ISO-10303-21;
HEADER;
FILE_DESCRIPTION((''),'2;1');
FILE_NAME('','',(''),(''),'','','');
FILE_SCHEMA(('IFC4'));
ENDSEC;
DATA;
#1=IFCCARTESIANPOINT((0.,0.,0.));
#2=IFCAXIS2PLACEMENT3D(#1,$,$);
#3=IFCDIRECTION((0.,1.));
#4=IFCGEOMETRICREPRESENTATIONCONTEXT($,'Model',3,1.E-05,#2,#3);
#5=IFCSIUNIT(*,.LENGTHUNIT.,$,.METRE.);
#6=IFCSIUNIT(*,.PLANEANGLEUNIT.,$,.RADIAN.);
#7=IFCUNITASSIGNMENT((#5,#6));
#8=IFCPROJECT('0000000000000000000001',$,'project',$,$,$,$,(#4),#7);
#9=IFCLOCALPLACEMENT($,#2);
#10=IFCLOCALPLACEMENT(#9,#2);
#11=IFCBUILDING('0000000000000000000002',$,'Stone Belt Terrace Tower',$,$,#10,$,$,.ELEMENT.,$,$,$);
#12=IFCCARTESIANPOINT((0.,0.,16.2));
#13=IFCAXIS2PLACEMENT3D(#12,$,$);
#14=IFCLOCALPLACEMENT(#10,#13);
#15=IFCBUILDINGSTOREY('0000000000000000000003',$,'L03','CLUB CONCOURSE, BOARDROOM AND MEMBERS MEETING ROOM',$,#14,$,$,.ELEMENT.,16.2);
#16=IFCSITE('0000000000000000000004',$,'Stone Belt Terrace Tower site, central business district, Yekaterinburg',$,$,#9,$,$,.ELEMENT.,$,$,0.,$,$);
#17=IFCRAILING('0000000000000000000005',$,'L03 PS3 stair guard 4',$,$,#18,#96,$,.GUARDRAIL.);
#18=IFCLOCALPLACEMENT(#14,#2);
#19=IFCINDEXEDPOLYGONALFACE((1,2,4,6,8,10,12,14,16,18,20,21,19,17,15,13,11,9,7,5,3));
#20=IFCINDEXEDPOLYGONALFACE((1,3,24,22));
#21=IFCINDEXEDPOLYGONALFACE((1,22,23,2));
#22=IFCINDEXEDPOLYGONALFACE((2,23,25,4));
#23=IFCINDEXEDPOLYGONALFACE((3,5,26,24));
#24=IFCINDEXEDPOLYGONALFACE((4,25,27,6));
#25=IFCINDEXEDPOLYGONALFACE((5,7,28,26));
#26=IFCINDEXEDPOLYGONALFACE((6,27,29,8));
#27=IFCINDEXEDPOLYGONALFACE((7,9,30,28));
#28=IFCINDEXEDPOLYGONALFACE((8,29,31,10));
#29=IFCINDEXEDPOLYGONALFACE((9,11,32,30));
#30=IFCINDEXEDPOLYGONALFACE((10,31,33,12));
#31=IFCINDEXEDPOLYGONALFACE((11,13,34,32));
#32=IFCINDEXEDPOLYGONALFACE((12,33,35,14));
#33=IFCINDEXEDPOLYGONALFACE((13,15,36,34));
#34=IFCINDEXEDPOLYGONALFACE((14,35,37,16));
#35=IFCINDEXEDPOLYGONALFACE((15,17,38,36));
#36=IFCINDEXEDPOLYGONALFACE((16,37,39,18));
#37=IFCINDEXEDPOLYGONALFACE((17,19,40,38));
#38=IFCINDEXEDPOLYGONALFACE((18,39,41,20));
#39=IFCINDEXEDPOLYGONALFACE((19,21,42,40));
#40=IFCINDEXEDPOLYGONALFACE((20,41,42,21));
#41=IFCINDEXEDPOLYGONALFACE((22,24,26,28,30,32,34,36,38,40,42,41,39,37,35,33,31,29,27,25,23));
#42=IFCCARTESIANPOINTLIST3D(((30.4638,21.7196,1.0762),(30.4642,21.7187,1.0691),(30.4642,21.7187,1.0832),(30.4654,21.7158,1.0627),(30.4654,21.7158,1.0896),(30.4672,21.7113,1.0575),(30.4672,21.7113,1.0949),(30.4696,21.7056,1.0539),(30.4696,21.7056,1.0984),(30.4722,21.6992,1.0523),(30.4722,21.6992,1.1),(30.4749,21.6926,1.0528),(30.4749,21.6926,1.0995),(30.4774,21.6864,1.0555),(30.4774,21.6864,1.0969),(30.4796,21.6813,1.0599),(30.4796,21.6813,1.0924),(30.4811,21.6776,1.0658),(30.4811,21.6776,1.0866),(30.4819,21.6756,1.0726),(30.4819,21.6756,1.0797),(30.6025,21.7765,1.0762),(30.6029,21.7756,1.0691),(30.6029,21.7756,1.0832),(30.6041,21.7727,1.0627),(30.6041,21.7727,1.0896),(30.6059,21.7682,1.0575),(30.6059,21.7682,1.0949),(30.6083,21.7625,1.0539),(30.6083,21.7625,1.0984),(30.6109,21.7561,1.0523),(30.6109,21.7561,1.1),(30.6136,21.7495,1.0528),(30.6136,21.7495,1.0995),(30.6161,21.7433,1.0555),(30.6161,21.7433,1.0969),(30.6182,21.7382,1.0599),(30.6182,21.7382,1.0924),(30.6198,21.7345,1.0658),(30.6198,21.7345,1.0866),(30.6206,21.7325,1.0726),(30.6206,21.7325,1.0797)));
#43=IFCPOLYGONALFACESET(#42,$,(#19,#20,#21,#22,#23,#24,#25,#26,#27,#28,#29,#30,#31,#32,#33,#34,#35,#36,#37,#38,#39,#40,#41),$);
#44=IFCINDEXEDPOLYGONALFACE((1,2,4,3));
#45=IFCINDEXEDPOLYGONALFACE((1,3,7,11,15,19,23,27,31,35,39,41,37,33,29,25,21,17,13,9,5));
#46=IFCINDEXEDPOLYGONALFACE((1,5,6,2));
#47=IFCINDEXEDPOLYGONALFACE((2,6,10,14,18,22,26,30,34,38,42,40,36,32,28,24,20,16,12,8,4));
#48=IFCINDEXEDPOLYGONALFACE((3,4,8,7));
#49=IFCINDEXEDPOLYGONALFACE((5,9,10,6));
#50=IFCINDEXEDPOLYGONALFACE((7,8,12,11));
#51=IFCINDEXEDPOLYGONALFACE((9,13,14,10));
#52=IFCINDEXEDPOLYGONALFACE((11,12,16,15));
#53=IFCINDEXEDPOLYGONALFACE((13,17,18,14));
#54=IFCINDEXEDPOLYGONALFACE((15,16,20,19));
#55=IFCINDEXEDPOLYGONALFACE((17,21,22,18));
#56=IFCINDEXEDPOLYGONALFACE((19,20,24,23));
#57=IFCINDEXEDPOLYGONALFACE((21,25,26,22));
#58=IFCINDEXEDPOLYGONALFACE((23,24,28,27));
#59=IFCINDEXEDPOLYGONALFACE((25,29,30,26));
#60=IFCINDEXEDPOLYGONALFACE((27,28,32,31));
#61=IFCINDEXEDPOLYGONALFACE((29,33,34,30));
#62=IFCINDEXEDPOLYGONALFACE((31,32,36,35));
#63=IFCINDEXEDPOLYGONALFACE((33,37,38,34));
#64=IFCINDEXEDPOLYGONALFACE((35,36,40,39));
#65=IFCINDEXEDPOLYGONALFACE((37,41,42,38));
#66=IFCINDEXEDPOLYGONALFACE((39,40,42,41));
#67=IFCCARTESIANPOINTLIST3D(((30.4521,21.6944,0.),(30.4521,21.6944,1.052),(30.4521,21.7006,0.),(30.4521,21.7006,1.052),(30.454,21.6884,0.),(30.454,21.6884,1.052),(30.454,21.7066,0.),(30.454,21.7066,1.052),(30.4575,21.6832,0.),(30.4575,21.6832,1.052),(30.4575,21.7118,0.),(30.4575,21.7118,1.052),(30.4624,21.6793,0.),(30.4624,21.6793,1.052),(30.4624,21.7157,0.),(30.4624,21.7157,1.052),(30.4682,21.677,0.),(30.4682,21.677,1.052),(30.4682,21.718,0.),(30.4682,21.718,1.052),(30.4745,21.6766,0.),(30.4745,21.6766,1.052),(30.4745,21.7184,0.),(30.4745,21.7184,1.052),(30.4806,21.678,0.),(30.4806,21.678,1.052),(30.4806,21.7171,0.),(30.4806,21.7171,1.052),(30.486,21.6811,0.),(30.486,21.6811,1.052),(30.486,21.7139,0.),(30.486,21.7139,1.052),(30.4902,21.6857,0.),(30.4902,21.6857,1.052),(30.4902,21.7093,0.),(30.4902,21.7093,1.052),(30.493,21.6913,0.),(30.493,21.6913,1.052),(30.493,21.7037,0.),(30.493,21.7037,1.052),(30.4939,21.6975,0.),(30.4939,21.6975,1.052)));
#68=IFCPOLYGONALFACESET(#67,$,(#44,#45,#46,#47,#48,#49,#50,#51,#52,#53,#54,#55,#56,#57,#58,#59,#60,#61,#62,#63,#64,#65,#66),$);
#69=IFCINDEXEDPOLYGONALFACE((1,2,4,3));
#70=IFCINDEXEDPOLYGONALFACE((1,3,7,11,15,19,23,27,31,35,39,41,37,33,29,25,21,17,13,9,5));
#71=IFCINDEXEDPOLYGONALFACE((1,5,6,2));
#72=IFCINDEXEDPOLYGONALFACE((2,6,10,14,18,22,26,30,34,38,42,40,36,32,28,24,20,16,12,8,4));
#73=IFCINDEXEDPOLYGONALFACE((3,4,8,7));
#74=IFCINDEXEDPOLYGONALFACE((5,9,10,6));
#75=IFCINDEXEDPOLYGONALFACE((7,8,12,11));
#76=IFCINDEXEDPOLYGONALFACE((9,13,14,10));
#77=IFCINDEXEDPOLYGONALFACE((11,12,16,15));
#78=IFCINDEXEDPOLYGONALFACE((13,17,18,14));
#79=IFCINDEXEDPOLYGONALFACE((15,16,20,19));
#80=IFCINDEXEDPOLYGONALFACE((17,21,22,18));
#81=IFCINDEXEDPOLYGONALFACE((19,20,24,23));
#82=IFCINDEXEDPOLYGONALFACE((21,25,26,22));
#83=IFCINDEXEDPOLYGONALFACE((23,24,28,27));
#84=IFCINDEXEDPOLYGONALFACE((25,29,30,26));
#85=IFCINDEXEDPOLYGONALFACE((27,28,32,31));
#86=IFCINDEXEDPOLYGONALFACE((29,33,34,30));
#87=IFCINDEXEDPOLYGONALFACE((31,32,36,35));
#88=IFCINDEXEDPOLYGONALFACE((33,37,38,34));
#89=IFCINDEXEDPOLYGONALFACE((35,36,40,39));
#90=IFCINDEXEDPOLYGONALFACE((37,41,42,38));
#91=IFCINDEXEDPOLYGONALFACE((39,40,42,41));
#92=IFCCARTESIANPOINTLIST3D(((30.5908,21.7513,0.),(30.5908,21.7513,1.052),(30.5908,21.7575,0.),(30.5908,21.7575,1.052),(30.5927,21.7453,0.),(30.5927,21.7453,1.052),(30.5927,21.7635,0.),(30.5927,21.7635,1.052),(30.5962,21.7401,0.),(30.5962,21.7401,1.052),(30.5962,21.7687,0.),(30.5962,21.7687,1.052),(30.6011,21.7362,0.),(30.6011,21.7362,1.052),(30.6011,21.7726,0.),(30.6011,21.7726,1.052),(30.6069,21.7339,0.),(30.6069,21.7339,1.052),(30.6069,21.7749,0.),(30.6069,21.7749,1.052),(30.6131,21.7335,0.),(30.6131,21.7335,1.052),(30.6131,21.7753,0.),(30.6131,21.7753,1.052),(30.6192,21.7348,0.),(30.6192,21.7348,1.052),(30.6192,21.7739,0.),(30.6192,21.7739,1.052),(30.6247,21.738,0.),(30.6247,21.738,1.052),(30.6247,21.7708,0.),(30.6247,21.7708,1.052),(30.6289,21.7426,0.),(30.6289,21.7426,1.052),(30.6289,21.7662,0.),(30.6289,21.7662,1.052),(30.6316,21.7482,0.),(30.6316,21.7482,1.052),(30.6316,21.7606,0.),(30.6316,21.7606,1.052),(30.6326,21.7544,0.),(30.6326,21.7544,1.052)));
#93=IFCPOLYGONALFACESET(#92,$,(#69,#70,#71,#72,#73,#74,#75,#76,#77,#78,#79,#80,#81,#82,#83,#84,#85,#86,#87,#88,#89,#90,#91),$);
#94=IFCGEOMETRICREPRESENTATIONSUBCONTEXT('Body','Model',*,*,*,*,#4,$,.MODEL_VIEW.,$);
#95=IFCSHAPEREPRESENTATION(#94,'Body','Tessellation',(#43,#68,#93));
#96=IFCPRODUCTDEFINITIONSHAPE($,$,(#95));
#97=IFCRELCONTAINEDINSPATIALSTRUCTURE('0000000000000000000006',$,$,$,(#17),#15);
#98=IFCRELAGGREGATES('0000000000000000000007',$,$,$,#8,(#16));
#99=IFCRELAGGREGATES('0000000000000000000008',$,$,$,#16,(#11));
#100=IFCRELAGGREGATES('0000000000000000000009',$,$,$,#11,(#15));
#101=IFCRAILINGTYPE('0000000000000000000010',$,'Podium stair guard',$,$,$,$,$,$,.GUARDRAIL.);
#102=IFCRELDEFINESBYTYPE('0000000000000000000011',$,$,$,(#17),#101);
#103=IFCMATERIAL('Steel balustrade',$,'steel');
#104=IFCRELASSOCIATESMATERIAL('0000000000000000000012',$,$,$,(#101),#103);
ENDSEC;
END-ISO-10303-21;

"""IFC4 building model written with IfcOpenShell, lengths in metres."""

from ifc_helpers import new_model, si_unit, direction, frame, origin, origin_2d, place, context, subcontext, project, spatial, circle, extrude, material, type_object, element, save


model = new_model("IFC4")

# Units and contexts
model_context = context("Model", 3, precision=1e-05, world=origin(), true_north=direction((0.0, 1.0)))
body_context = subcontext(model_context, "Body", "Model", "MODEL_VIEW")
ifc_project = project(units=[si_unit("LENGTHUNIT", "METRE"), si_unit("PLANEANGLEUNIT", "RADIAN")], contexts=[model_context])

# Site, building, storey
site_placement = place(None, origin())
site = spatial("IfcSite", under=ifc_project, at=site_placement, Name="Stone Belt Terrace Tower site, central business district, Yekaterinburg", CompositionType="ELEMENT", RefElevation=0.0)
building_placement = place(site_placement, origin())
building = spatial("IfcBuilding", under=site, at=building_placement, Name="Stone Belt Terrace Tower", CompositionType="ELEMENT")
storey_placement = place(building_placement, frame((0.0, 0.0, 16.2)))
storey = spatial("IfcBuildingStorey", under=building, at=storey_placement, Name="L03", Description="CLUB CONCOURSE, BOARDROOM AND MEMBERS MEETING ROOM", CompositionType="ELEMENT", Elevation=16.2)

# Railing
ifc_material_1 = material(Name="Steel balustrade", Category="steel")
railing_type_1 = type_object("IfcRailingType", Name="Podium stair guard", PredefinedType="GUARDRAIL", material=ifc_material_1)
railing_1_placement = place(storey_placement, frame((30.4729, 21.6975, 0.0)))
element("IfcRailing", 1, at=railing_1_placement, inside=storey, type_object=railing_type_1, Name="L03 PS3 stair guard 4", PredefinedType="GUARDRAIL", context=body_context, shape_type="SweptSolid", body=[
    extrude(circle(Radius=0.0239, at=origin_2d()), frame((0.0, 0.0, 1.0762), z_axis=(0.925183, 0.379521, 0.0), x_axis=(-0.379521, 0.925183, 0.0)), (0.0, 0.0, 1.0), 0.1499),
    extrude(circle(Radius=0.021, at=origin_2d()), origin(), (0.0, 0.0, 1.0), 1.052),
    extrude(circle(Radius=0.021, at=origin_2d()), frame((0.1387, 0.0569, 0.0)), (0.0, 0.0, 1.0), 1.052),
])

save(model, "model.ifc")
